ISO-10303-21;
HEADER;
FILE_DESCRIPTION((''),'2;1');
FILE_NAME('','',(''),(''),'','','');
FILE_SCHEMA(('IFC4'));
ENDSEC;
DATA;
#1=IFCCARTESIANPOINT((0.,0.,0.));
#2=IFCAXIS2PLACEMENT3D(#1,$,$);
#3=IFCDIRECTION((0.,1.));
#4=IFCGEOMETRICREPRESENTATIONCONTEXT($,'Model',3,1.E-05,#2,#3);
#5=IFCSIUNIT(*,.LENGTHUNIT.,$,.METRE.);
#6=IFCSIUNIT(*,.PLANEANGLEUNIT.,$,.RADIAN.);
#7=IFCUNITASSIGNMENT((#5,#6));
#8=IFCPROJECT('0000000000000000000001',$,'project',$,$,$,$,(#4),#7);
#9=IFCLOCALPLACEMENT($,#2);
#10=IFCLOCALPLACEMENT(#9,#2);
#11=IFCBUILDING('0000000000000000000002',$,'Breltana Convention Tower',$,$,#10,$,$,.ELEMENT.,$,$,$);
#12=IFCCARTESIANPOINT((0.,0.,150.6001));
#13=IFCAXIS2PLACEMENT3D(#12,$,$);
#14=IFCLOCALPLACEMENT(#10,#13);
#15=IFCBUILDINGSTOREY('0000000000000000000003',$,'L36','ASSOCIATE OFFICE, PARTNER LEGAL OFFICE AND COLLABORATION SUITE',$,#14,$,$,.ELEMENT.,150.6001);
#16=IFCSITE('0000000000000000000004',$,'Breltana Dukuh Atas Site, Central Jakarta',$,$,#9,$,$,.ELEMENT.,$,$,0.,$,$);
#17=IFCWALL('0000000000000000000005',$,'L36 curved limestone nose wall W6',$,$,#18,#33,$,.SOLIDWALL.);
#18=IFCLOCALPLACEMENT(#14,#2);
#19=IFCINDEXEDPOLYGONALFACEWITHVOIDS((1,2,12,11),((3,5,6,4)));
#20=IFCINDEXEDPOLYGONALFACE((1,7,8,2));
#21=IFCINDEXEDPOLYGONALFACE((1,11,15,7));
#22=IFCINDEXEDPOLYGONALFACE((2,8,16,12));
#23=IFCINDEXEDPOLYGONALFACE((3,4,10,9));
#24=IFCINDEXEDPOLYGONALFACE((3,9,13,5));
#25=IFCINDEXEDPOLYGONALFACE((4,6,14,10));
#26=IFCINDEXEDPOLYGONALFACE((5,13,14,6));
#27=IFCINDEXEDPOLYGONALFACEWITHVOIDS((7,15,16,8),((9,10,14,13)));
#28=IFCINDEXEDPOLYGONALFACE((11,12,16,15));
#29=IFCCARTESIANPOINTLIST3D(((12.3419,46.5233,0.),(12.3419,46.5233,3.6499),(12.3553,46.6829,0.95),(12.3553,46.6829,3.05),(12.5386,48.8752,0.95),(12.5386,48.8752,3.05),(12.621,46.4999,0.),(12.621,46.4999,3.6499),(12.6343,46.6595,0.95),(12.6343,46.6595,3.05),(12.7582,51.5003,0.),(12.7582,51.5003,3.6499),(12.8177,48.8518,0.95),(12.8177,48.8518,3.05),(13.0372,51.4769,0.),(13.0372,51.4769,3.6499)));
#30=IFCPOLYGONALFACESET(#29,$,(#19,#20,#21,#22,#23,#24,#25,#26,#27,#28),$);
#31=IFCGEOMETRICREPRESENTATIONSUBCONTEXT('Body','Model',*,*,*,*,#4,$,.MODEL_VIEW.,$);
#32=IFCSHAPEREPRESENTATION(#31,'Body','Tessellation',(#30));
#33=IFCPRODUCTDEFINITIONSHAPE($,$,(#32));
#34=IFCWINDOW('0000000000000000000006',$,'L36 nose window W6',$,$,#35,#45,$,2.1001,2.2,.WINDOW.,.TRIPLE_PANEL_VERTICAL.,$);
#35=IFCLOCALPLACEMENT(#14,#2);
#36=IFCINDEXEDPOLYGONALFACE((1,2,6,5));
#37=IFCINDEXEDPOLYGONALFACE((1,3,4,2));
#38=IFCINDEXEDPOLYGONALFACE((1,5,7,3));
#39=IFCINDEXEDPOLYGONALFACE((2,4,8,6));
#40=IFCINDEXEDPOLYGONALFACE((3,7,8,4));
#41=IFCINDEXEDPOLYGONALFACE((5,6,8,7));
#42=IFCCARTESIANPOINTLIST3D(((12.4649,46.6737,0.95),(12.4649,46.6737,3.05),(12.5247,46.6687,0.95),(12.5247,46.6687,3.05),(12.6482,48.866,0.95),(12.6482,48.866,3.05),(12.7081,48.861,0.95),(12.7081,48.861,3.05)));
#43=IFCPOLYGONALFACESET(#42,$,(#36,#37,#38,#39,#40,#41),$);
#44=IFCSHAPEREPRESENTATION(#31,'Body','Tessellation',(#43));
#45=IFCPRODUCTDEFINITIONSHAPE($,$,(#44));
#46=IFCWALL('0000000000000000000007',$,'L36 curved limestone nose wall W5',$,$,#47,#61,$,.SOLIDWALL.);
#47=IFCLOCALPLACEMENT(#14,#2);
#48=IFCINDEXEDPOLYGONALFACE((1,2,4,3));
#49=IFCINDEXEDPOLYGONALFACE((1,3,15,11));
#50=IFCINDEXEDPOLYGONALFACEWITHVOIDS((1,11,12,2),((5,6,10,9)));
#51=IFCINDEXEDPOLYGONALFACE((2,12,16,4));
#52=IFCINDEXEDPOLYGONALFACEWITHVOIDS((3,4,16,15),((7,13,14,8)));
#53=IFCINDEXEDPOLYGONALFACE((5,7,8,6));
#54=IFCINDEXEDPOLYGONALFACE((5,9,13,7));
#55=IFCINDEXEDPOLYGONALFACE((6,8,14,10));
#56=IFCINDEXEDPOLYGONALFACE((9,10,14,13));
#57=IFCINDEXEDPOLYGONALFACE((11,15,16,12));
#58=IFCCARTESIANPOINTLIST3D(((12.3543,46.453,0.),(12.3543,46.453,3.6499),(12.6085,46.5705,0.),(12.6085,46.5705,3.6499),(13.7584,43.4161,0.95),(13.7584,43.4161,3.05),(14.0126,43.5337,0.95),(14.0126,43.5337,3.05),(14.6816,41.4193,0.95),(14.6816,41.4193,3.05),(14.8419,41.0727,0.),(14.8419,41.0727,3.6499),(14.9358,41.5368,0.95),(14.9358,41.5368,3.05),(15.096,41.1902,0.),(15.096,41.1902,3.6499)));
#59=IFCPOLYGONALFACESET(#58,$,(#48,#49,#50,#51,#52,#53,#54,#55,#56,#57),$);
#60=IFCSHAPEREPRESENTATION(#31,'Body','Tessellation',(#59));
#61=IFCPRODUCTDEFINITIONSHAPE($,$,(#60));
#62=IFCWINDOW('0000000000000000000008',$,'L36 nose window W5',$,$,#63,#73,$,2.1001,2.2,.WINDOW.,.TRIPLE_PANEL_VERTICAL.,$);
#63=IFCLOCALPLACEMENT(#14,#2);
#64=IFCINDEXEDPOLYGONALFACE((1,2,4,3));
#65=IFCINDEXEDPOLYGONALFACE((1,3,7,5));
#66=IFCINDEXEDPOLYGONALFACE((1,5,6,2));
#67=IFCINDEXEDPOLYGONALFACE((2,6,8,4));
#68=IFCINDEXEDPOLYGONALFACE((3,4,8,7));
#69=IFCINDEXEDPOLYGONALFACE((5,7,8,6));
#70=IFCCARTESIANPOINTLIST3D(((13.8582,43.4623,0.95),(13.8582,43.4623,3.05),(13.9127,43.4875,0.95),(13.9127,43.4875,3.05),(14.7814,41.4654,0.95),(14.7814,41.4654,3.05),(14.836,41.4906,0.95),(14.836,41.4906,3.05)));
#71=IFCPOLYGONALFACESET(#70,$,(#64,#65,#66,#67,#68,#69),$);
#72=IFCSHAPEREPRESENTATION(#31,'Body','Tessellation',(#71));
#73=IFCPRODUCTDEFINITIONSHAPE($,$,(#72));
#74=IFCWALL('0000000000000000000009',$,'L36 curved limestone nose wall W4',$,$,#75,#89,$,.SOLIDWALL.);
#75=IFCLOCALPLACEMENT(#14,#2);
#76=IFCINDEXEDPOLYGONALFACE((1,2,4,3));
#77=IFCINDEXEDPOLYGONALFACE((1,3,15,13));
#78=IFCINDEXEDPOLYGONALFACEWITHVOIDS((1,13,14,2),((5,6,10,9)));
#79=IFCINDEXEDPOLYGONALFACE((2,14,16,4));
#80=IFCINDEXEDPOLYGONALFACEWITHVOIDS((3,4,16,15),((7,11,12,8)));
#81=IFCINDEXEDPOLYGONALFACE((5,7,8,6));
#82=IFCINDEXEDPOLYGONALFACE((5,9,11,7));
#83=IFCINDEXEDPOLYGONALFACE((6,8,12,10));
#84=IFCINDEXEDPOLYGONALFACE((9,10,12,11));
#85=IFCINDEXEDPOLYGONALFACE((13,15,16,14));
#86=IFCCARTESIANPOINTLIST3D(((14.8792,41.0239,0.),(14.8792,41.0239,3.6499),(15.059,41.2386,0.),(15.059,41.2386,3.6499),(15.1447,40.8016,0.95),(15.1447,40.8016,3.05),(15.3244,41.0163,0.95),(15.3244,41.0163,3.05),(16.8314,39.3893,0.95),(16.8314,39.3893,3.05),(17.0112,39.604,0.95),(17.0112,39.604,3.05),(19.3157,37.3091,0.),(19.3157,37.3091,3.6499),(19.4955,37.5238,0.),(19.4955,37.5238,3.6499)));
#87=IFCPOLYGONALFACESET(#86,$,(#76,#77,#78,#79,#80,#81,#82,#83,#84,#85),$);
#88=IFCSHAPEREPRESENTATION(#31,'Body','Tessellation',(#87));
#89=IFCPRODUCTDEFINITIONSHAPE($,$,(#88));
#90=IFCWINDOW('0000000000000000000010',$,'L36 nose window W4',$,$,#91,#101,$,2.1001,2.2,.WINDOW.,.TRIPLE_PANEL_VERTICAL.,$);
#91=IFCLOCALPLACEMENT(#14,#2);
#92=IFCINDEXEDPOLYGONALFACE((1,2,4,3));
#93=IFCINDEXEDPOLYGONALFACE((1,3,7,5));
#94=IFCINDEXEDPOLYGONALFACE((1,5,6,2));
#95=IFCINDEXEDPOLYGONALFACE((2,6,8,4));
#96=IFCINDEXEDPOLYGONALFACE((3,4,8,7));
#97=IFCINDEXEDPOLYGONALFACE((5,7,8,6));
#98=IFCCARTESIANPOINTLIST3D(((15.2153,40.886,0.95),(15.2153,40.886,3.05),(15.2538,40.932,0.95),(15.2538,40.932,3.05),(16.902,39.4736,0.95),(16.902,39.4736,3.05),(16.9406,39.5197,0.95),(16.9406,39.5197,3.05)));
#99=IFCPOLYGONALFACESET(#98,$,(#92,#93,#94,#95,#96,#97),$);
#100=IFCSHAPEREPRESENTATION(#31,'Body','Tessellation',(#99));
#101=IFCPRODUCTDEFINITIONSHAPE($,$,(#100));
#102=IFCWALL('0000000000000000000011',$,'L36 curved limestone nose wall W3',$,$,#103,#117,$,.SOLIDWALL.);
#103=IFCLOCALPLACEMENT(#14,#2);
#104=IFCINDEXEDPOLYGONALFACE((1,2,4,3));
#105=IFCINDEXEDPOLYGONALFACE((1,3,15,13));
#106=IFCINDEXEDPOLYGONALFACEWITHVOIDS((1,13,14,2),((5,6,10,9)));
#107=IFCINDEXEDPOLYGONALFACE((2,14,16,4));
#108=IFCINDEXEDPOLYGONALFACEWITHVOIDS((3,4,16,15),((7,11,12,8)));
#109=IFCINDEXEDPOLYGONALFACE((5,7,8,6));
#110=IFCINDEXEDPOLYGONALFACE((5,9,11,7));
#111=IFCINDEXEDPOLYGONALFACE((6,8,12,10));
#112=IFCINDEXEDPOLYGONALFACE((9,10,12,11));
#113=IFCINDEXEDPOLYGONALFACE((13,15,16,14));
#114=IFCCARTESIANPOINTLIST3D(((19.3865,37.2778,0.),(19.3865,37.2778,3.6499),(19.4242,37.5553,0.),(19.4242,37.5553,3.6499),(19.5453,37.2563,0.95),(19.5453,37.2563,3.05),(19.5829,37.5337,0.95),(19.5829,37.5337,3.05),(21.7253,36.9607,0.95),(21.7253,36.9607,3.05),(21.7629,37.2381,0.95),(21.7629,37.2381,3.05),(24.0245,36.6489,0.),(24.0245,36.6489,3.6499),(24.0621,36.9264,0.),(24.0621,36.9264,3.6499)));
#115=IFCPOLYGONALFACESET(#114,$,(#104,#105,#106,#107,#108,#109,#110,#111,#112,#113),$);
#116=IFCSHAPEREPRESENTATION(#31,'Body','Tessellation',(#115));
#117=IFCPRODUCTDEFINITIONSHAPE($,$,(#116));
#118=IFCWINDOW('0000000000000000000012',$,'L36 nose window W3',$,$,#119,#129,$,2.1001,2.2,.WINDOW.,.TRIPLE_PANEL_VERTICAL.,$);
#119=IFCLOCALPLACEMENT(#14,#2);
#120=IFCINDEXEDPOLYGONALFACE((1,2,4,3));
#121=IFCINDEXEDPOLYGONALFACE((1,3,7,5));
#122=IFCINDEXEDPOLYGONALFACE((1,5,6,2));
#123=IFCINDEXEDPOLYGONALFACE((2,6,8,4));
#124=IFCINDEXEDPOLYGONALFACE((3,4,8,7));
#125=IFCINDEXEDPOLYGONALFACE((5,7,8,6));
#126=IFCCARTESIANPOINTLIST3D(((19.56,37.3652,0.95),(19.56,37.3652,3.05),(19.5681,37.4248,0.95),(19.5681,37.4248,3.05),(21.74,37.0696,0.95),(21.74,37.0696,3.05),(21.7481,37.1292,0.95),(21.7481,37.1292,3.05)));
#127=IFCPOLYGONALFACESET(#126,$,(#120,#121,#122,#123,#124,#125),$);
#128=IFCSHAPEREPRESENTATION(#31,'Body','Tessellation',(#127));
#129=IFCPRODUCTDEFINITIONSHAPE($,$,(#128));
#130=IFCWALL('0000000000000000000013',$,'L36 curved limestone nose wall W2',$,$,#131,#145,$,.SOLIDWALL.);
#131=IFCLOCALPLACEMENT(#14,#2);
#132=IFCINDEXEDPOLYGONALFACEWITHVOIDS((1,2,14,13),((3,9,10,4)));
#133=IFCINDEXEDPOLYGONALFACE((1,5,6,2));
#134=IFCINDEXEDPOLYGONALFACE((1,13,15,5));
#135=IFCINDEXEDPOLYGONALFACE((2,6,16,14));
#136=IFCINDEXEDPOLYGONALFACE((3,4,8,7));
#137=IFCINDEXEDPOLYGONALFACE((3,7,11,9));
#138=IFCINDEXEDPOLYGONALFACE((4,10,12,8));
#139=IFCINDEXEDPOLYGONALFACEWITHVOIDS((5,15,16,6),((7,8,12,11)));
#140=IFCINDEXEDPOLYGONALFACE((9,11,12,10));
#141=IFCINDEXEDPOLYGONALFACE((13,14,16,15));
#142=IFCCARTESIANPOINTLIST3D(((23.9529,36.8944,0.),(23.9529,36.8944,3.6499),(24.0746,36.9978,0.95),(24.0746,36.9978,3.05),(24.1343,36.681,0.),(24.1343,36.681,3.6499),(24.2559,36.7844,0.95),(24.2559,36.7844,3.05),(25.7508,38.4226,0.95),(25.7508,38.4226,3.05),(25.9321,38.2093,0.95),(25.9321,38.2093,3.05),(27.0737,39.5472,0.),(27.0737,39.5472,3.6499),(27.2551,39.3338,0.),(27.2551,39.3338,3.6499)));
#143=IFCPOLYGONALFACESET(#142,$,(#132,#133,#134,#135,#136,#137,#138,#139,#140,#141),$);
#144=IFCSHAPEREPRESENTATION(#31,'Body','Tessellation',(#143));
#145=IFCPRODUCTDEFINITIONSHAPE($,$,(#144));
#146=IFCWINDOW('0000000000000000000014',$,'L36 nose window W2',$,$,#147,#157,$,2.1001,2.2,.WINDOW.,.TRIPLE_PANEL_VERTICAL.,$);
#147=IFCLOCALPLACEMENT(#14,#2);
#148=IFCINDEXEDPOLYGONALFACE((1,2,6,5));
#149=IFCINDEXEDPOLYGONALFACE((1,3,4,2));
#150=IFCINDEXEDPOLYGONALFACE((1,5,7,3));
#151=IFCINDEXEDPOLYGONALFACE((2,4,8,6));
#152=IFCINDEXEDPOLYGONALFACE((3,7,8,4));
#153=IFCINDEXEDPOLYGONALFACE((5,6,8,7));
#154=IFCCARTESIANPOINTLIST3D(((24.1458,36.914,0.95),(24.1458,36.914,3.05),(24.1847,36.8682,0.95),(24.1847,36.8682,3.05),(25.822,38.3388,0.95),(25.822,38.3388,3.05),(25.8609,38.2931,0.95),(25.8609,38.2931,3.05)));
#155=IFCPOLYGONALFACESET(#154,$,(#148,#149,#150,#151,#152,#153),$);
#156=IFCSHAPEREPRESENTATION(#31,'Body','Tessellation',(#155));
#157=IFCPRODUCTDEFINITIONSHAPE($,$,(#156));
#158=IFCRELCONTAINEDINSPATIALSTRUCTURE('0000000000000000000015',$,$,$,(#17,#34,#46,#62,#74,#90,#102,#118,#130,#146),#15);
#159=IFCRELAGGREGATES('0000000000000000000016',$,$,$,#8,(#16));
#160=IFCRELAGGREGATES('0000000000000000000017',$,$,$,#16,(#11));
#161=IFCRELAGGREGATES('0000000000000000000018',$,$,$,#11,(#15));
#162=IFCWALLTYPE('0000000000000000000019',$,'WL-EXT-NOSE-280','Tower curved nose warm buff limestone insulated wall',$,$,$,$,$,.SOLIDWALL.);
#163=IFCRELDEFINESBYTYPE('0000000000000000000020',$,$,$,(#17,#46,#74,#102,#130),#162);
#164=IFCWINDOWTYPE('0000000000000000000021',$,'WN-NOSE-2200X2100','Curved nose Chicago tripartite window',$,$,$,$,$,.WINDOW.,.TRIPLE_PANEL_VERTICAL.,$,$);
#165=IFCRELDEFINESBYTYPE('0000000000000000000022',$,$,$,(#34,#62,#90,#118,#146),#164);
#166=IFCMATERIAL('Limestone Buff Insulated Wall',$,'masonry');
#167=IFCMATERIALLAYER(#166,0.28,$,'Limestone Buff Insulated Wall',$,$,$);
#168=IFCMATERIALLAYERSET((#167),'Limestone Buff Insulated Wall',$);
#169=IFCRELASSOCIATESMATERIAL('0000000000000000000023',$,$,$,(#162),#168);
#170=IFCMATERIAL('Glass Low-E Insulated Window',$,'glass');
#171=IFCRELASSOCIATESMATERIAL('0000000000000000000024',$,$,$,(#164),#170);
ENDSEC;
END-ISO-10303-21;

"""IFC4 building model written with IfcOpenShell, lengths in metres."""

from ifc_helpers import new_model, si_unit, direction, frame, frame_2d, origin, place, context, subcontext, project, spatial, rectangle, extrude, source, transform, mapped, material, layer, layer_set, type_object, type_shapes, element, fill, save


model = new_model("IFC4")

# Units and contexts
model_context = context("Model", 3, precision=1e-05, world=origin(), true_north=direction((0.0, 1.0)))
body_context = subcontext(model_context, "Body", "Model", "MODEL_VIEW")
ifc_project = project(units=[si_unit("LENGTHUNIT", "METRE"), si_unit("PLANEANGLEUNIT", "RADIAN")], contexts=[model_context])

# Site, building, storey
site_placement = place(None, origin())
site = spatial("IfcSite", under=ifc_project, at=site_placement, Name="Breltana Dukuh Atas Site, Central Jakarta", CompositionType="ELEMENT", RefElevation=0.0)
building_placement = place(site_placement, origin())
building = spatial("IfcBuilding", under=site, at=building_placement, Name="Breltana Convention Tower", CompositionType="ELEMENT")
storey_placement = place(building_placement, frame((0.0, 0.0, 150.6001)))
storey = spatial("IfcBuildingStorey", under=building, at=storey_placement, Name="L36", Description="ASSOCIATE OFFICE, PARTNER LEGAL OFFICE AND COLLABORATION SUITE", CompositionType="ELEMENT", Elevation=150.6001)

# Walls, openings, windows
ifc_material_1 = material(Name="Limestone Buff Insulated Wall", Category="masonry")
ifc_layer_1 = layer(ifc_material_1, 0.28, Name="Limestone Buff Insulated Wall")
ifc_layer_set_1 = layer_set([ifc_layer_1], Name="Limestone Buff Insulated Wall")
wall_type_1 = type_object("IfcWallType", Name="WL-EXT-NOSE-280", Description="Tower curved nose warm buff limestone insulated wall", PredefinedType="SOLIDWALL", material=ifc_layer_set_1)
shared_shape_1 = source(origin(), body_context, "Body", "SweptSolid", [
    extrude(rectangle(XDim=4.9944, YDim=0.28, at=frame_2d((2.4971, 0.0))), origin(), (0.0, 0.0, 1.0), 3.6499),
])
wall_1_placement = place(storey_placement, frame((12.4814, 46.5117, 0.0), z_axis=(0.0, 0.0, 1.0), x_axis=(0.083345, 0.996521, 0.0)))
wall_1 = element("IfcWall", 1, at=wall_1_placement, inside=storey, type_object=wall_type_1, Name="L36 curved limestone nose wall W6", PredefinedType="SOLIDWALL", context=body_context, shape_type="MappedRepresentation", body=[
    mapped(shared_shape_1, transform((0.0, 0.0, 0.0), scale=1.0)),
])
opening_1_placement = place(wall_1_placement, frame((0.1599, 0.0, 0.95)))
opening_1 = element("IfcOpeningElement", 2, at=opening_1_placement, cuts=wall_1, PredefinedType="OPENING", context=body_context, shape_type="SweptSolid", body=[
    extrude(rectangle(XDim=2.2, YDim=2.1001, at=frame_2d((1.1001, 1.05))), frame((0.0, 0.1499, 0.0), z_axis=(0.0, -1.0, 0.0), x_axis=(1.0, 0.0, 0.0)), (0.0, 0.0, 1.0), 0.3),
])
ifc_material_2 = material(Name="Glass Low-E Insulated Window", Category="glass")
window_type_1 = type_object("IfcWindowType", Name="WN-NOSE-2200X2100", Description="Curved nose Chicago tripartite window", PartitioningType="TRIPLE_PANEL_VERTICAL", PredefinedType="WINDOW", material=ifc_material_2)
shared_shape_2 = source(origin(), body_context, "Body", "SweptSolid", [
    extrude(rectangle(XDim=2.2, YDim=2.1001, at=frame_2d((1.1001, 1.05))), frame((0.0, 0.03, 0.0), z_axis=(0.0, -1.0, 0.0), x_axis=(1.0, 0.0, 0.0)), (0.0, 0.0, 1.0), 0.0601),
])
type_shapes(window_type_1, [shared_shape_2])
window_1_placement = place(opening_1_placement, origin())
window_1 = element("IfcWindow", 3, at=window_1_placement, inside=storey, type_object=window_type_1, Name="L36 nose window W6", OverallHeight=2.1001, OverallWidth=2.2, PartitioningType="TRIPLE_PANEL_VERTICAL", PredefinedType="WINDOW", context=body_context, shape_type="MappedRepresentation", body=[
    mapped(shared_shape_2, transform((0.0, 0.0, 0.0), scale=1.0)),
])
fill(opening_1, window_1)
shared_shape_3 = source(origin(), body_context, "Body", "SweptSolid", [
    extrude(rectangle(XDim=5.9275, YDim=0.28, at=frame_2d((2.9639, 0.0))), origin(), (0.0, 0.0, 1.0), 3.6499),
])
wall_2_placement = place(storey_placement, frame((14.969, 41.1313, 0.0), z_axis=(0.0, 0.0, 1.0), x_axis=(-0.419656, 0.907683, 0.0)))
wall_2 = element("IfcWall", 4, at=wall_2_placement, inside=storey, type_object=wall_type_1, Name="L36 curved limestone nose wall W5", PredefinedType="SOLIDWALL", context=body_context, shape_type="MappedRepresentation", body=[
    mapped(shared_shape_3, transform((0.0, 0.0, 0.0), scale=1.0)),
])
opening_2_placement = place(wall_2_placement, frame((0.3818, 0.0, 0.95)))
opening_2 = element("IfcOpeningElement", 5, at=opening_2_placement, cuts=wall_2, PredefinedType="OPENING", context=body_context, shape_type="SweptSolid", body=[
    extrude(rectangle(XDim=2.2, YDim=2.1001, at=frame_2d((1.1001, 1.05))), frame((0.0, 0.1499, 0.0), z_axis=(0.0, -1.0, 0.0), x_axis=(1.0, 0.0, 0.0)), (0.0, 0.0, 1.0), 0.3),
])
window_2_placement = place(opening_2_placement, origin())
window_2 = element("IfcWindow", 6, at=window_2_placement, inside=storey, type_object=window_type_1, Name="L36 nose window W5", OverallHeight=2.1001, OverallWidth=2.2, PartitioningType="TRIPLE_PANEL_VERTICAL", PredefinedType="WINDOW", context=body_context, shape_type="MappedRepresentation", body=[
    mapped(shared_shape_2, transform((0.0, 0.0, 0.0), scale=1.0)),
])
fill(opening_2, window_2)
shared_shape_4 = source(origin(), body_context, "Body", "SweptSolid", [
    extrude(rectangle(XDim=5.7864, YDim=0.28, at=frame_2d((2.8931, 0.0))), origin(), (0.0, 0.0, 1.0), 3.6499),
])
wall_3_placement = place(storey_placement, frame((19.4055, 37.4165, 0.0), z_axis=(0.0, 0.0, 1.0), x_axis=(-0.766711, 0.641992, 0.0)))
wall_3 = element("IfcWall", 7, at=wall_3_placement, inside=storey, type_object=wall_type_1, Name="L36 curved limestone nose wall W4", PredefinedType="SOLIDWALL", context=body_context, shape_type="MappedRepresentation", body=[
    mapped(shared_shape_4, transform((0.0, 0.0, 0.0), scale=1.0)),
])
opening_3_placement = place(wall_3_placement, frame((3.24, 0.0, 0.95)))
opening_3 = element("IfcOpeningElement", 8, at=opening_3_placement, cuts=wall_3, PredefinedType="OPENING", context=body_context, shape_type="SweptSolid", body=[
    extrude(rectangle(XDim=2.2, YDim=2.1001, at=frame_2d((1.1001, 1.05))), frame((0.0, 0.1499, 0.0), z_axis=(0.0, -1.0, 0.0), x_axis=(1.0, 0.0, 0.0)), (0.0, 0.0, 1.0), 0.3),
])
window_3_placement = place(opening_3_placement, origin())
window_3 = element("IfcWindow", 9, at=window_3_placement, inside=storey, type_object=window_type_1, Name="L36 nose window W4", OverallHeight=2.1001, OverallWidth=2.2, PartitioningType="TRIPLE_PANEL_VERTICAL", PredefinedType="WINDOW", context=body_context, shape_type="MappedRepresentation", body=[
    mapped(shared_shape_2, transform((0.0, 0.0, 0.0), scale=1.0)),
])
fill(opening_3, window_3)
shared_shape_5 = source(origin(), body_context, "Body", "SweptSolid", [
    extrude(rectangle(XDim=4.6804, YDim=0.28, at=frame_2d((2.3403, 0.0))), origin(), (0.0, 0.0, 1.0), 3.6499),
])
wall_4_placement = place(storey_placement, frame((24.0435, 36.7876, 0.0), z_axis=(0.0, 0.0, 1.0), x_axis=(-0.990931, 0.134371, 0.0)))
wall_4 = element("IfcWall", 10, at=wall_4_placement, inside=storey, type_object=wall_type_1, Name="L36 curved limestone nose wall W3", PredefinedType="SOLIDWALL", context=body_context, shape_type="MappedRepresentation", body=[
    mapped(shared_shape_5, transform((0.0, 0.0, 0.0), scale=1.0)),
])
opening_4_placement = place(wall_4_placement, frame((2.3203, 0.0, 0.95)))
opening_4 = element("IfcOpeningElement", 11, at=opening_4_placement, cuts=wall_4, PredefinedType="OPENING", context=body_context, shape_type="SweptSolid", body=[
    extrude(rectangle(XDim=2.2, YDim=2.1001, at=frame_2d((1.1001, 1.05))), frame((0.0, 0.1499, 0.0), z_axis=(0.0, -1.0, 0.0), x_axis=(1.0, 0.0, 0.0)), (0.0, 0.0, 1.0), 0.3),
])
window_4_placement = place(opening_4_placement, origin())
window_4 = element("IfcWindow", 12, at=window_4_placement, inside=storey, type_object=window_type_1, Name="L36 nose window W3", OverallHeight=2.1001, OverallWidth=2.2, PartitioningType="TRIPLE_PANEL_VERTICAL", PredefinedType="WINDOW", context=body_context, shape_type="MappedRepresentation", body=[
    mapped(shared_shape_2, transform((0.0, 0.0, 0.0), scale=1.0)),
])
fill(opening_4, window_4)
shared_shape_6 = source(origin(), body_context, "Body", "SweptSolid", [
    extrude(rectangle(XDim=4.0959, YDim=0.28, at=frame_2d((2.0479, 0.0))), origin(), (0.0, 0.0, 1.0), 3.6499),
])
wall_5_placement = place(storey_placement, frame((27.1643, 39.4404, 0.0), z_axis=(0.0, 0.0, 1.0), x_axis=(-0.761926, -0.647664, 0.0)))
wall_5 = element("IfcWall", 13, at=wall_5_placement, inside=storey, type_object=wall_type_1, Name="L36 curved limestone nose wall W2", PredefinedType="SOLIDWALL", context=body_context, shape_type="MappedRepresentation", body=[
    mapped(shared_shape_6, transform((0.0, 0.0, 0.0), scale=1.0)),
])
opening_5_placement = place(wall_5_placement, frame((1.7361, 0.0, 0.95)))
opening_5 = element("IfcOpeningElement", 14, at=opening_5_placement, cuts=wall_5, PredefinedType="OPENING", context=body_context, shape_type="SweptSolid", body=[
    extrude(rectangle(XDim=2.2, YDim=2.1001, at=frame_2d((1.1001, 1.05))), frame((0.0, 0.1499, 0.0), z_axis=(0.0, -1.0, 0.0), x_axis=(1.0, 0.0, 0.0)), (0.0, 0.0, 1.0), 0.3),
])
window_5_placement = place(opening_5_placement, origin())
window_5 = element("IfcWindow", 15, at=window_5_placement, inside=storey, type_object=window_type_1, Name="L36 nose window W2", OverallHeight=2.1001, OverallWidth=2.2, PartitioningType="TRIPLE_PANEL_VERTICAL", PredefinedType="WINDOW", context=body_context, shape_type="MappedRepresentation", body=[
    mapped(shared_shape_2, transform((0.0, 0.0, 0.0), scale=1.0)),
])
fill(opening_5, window_5)

save(model, "model.ifc")
